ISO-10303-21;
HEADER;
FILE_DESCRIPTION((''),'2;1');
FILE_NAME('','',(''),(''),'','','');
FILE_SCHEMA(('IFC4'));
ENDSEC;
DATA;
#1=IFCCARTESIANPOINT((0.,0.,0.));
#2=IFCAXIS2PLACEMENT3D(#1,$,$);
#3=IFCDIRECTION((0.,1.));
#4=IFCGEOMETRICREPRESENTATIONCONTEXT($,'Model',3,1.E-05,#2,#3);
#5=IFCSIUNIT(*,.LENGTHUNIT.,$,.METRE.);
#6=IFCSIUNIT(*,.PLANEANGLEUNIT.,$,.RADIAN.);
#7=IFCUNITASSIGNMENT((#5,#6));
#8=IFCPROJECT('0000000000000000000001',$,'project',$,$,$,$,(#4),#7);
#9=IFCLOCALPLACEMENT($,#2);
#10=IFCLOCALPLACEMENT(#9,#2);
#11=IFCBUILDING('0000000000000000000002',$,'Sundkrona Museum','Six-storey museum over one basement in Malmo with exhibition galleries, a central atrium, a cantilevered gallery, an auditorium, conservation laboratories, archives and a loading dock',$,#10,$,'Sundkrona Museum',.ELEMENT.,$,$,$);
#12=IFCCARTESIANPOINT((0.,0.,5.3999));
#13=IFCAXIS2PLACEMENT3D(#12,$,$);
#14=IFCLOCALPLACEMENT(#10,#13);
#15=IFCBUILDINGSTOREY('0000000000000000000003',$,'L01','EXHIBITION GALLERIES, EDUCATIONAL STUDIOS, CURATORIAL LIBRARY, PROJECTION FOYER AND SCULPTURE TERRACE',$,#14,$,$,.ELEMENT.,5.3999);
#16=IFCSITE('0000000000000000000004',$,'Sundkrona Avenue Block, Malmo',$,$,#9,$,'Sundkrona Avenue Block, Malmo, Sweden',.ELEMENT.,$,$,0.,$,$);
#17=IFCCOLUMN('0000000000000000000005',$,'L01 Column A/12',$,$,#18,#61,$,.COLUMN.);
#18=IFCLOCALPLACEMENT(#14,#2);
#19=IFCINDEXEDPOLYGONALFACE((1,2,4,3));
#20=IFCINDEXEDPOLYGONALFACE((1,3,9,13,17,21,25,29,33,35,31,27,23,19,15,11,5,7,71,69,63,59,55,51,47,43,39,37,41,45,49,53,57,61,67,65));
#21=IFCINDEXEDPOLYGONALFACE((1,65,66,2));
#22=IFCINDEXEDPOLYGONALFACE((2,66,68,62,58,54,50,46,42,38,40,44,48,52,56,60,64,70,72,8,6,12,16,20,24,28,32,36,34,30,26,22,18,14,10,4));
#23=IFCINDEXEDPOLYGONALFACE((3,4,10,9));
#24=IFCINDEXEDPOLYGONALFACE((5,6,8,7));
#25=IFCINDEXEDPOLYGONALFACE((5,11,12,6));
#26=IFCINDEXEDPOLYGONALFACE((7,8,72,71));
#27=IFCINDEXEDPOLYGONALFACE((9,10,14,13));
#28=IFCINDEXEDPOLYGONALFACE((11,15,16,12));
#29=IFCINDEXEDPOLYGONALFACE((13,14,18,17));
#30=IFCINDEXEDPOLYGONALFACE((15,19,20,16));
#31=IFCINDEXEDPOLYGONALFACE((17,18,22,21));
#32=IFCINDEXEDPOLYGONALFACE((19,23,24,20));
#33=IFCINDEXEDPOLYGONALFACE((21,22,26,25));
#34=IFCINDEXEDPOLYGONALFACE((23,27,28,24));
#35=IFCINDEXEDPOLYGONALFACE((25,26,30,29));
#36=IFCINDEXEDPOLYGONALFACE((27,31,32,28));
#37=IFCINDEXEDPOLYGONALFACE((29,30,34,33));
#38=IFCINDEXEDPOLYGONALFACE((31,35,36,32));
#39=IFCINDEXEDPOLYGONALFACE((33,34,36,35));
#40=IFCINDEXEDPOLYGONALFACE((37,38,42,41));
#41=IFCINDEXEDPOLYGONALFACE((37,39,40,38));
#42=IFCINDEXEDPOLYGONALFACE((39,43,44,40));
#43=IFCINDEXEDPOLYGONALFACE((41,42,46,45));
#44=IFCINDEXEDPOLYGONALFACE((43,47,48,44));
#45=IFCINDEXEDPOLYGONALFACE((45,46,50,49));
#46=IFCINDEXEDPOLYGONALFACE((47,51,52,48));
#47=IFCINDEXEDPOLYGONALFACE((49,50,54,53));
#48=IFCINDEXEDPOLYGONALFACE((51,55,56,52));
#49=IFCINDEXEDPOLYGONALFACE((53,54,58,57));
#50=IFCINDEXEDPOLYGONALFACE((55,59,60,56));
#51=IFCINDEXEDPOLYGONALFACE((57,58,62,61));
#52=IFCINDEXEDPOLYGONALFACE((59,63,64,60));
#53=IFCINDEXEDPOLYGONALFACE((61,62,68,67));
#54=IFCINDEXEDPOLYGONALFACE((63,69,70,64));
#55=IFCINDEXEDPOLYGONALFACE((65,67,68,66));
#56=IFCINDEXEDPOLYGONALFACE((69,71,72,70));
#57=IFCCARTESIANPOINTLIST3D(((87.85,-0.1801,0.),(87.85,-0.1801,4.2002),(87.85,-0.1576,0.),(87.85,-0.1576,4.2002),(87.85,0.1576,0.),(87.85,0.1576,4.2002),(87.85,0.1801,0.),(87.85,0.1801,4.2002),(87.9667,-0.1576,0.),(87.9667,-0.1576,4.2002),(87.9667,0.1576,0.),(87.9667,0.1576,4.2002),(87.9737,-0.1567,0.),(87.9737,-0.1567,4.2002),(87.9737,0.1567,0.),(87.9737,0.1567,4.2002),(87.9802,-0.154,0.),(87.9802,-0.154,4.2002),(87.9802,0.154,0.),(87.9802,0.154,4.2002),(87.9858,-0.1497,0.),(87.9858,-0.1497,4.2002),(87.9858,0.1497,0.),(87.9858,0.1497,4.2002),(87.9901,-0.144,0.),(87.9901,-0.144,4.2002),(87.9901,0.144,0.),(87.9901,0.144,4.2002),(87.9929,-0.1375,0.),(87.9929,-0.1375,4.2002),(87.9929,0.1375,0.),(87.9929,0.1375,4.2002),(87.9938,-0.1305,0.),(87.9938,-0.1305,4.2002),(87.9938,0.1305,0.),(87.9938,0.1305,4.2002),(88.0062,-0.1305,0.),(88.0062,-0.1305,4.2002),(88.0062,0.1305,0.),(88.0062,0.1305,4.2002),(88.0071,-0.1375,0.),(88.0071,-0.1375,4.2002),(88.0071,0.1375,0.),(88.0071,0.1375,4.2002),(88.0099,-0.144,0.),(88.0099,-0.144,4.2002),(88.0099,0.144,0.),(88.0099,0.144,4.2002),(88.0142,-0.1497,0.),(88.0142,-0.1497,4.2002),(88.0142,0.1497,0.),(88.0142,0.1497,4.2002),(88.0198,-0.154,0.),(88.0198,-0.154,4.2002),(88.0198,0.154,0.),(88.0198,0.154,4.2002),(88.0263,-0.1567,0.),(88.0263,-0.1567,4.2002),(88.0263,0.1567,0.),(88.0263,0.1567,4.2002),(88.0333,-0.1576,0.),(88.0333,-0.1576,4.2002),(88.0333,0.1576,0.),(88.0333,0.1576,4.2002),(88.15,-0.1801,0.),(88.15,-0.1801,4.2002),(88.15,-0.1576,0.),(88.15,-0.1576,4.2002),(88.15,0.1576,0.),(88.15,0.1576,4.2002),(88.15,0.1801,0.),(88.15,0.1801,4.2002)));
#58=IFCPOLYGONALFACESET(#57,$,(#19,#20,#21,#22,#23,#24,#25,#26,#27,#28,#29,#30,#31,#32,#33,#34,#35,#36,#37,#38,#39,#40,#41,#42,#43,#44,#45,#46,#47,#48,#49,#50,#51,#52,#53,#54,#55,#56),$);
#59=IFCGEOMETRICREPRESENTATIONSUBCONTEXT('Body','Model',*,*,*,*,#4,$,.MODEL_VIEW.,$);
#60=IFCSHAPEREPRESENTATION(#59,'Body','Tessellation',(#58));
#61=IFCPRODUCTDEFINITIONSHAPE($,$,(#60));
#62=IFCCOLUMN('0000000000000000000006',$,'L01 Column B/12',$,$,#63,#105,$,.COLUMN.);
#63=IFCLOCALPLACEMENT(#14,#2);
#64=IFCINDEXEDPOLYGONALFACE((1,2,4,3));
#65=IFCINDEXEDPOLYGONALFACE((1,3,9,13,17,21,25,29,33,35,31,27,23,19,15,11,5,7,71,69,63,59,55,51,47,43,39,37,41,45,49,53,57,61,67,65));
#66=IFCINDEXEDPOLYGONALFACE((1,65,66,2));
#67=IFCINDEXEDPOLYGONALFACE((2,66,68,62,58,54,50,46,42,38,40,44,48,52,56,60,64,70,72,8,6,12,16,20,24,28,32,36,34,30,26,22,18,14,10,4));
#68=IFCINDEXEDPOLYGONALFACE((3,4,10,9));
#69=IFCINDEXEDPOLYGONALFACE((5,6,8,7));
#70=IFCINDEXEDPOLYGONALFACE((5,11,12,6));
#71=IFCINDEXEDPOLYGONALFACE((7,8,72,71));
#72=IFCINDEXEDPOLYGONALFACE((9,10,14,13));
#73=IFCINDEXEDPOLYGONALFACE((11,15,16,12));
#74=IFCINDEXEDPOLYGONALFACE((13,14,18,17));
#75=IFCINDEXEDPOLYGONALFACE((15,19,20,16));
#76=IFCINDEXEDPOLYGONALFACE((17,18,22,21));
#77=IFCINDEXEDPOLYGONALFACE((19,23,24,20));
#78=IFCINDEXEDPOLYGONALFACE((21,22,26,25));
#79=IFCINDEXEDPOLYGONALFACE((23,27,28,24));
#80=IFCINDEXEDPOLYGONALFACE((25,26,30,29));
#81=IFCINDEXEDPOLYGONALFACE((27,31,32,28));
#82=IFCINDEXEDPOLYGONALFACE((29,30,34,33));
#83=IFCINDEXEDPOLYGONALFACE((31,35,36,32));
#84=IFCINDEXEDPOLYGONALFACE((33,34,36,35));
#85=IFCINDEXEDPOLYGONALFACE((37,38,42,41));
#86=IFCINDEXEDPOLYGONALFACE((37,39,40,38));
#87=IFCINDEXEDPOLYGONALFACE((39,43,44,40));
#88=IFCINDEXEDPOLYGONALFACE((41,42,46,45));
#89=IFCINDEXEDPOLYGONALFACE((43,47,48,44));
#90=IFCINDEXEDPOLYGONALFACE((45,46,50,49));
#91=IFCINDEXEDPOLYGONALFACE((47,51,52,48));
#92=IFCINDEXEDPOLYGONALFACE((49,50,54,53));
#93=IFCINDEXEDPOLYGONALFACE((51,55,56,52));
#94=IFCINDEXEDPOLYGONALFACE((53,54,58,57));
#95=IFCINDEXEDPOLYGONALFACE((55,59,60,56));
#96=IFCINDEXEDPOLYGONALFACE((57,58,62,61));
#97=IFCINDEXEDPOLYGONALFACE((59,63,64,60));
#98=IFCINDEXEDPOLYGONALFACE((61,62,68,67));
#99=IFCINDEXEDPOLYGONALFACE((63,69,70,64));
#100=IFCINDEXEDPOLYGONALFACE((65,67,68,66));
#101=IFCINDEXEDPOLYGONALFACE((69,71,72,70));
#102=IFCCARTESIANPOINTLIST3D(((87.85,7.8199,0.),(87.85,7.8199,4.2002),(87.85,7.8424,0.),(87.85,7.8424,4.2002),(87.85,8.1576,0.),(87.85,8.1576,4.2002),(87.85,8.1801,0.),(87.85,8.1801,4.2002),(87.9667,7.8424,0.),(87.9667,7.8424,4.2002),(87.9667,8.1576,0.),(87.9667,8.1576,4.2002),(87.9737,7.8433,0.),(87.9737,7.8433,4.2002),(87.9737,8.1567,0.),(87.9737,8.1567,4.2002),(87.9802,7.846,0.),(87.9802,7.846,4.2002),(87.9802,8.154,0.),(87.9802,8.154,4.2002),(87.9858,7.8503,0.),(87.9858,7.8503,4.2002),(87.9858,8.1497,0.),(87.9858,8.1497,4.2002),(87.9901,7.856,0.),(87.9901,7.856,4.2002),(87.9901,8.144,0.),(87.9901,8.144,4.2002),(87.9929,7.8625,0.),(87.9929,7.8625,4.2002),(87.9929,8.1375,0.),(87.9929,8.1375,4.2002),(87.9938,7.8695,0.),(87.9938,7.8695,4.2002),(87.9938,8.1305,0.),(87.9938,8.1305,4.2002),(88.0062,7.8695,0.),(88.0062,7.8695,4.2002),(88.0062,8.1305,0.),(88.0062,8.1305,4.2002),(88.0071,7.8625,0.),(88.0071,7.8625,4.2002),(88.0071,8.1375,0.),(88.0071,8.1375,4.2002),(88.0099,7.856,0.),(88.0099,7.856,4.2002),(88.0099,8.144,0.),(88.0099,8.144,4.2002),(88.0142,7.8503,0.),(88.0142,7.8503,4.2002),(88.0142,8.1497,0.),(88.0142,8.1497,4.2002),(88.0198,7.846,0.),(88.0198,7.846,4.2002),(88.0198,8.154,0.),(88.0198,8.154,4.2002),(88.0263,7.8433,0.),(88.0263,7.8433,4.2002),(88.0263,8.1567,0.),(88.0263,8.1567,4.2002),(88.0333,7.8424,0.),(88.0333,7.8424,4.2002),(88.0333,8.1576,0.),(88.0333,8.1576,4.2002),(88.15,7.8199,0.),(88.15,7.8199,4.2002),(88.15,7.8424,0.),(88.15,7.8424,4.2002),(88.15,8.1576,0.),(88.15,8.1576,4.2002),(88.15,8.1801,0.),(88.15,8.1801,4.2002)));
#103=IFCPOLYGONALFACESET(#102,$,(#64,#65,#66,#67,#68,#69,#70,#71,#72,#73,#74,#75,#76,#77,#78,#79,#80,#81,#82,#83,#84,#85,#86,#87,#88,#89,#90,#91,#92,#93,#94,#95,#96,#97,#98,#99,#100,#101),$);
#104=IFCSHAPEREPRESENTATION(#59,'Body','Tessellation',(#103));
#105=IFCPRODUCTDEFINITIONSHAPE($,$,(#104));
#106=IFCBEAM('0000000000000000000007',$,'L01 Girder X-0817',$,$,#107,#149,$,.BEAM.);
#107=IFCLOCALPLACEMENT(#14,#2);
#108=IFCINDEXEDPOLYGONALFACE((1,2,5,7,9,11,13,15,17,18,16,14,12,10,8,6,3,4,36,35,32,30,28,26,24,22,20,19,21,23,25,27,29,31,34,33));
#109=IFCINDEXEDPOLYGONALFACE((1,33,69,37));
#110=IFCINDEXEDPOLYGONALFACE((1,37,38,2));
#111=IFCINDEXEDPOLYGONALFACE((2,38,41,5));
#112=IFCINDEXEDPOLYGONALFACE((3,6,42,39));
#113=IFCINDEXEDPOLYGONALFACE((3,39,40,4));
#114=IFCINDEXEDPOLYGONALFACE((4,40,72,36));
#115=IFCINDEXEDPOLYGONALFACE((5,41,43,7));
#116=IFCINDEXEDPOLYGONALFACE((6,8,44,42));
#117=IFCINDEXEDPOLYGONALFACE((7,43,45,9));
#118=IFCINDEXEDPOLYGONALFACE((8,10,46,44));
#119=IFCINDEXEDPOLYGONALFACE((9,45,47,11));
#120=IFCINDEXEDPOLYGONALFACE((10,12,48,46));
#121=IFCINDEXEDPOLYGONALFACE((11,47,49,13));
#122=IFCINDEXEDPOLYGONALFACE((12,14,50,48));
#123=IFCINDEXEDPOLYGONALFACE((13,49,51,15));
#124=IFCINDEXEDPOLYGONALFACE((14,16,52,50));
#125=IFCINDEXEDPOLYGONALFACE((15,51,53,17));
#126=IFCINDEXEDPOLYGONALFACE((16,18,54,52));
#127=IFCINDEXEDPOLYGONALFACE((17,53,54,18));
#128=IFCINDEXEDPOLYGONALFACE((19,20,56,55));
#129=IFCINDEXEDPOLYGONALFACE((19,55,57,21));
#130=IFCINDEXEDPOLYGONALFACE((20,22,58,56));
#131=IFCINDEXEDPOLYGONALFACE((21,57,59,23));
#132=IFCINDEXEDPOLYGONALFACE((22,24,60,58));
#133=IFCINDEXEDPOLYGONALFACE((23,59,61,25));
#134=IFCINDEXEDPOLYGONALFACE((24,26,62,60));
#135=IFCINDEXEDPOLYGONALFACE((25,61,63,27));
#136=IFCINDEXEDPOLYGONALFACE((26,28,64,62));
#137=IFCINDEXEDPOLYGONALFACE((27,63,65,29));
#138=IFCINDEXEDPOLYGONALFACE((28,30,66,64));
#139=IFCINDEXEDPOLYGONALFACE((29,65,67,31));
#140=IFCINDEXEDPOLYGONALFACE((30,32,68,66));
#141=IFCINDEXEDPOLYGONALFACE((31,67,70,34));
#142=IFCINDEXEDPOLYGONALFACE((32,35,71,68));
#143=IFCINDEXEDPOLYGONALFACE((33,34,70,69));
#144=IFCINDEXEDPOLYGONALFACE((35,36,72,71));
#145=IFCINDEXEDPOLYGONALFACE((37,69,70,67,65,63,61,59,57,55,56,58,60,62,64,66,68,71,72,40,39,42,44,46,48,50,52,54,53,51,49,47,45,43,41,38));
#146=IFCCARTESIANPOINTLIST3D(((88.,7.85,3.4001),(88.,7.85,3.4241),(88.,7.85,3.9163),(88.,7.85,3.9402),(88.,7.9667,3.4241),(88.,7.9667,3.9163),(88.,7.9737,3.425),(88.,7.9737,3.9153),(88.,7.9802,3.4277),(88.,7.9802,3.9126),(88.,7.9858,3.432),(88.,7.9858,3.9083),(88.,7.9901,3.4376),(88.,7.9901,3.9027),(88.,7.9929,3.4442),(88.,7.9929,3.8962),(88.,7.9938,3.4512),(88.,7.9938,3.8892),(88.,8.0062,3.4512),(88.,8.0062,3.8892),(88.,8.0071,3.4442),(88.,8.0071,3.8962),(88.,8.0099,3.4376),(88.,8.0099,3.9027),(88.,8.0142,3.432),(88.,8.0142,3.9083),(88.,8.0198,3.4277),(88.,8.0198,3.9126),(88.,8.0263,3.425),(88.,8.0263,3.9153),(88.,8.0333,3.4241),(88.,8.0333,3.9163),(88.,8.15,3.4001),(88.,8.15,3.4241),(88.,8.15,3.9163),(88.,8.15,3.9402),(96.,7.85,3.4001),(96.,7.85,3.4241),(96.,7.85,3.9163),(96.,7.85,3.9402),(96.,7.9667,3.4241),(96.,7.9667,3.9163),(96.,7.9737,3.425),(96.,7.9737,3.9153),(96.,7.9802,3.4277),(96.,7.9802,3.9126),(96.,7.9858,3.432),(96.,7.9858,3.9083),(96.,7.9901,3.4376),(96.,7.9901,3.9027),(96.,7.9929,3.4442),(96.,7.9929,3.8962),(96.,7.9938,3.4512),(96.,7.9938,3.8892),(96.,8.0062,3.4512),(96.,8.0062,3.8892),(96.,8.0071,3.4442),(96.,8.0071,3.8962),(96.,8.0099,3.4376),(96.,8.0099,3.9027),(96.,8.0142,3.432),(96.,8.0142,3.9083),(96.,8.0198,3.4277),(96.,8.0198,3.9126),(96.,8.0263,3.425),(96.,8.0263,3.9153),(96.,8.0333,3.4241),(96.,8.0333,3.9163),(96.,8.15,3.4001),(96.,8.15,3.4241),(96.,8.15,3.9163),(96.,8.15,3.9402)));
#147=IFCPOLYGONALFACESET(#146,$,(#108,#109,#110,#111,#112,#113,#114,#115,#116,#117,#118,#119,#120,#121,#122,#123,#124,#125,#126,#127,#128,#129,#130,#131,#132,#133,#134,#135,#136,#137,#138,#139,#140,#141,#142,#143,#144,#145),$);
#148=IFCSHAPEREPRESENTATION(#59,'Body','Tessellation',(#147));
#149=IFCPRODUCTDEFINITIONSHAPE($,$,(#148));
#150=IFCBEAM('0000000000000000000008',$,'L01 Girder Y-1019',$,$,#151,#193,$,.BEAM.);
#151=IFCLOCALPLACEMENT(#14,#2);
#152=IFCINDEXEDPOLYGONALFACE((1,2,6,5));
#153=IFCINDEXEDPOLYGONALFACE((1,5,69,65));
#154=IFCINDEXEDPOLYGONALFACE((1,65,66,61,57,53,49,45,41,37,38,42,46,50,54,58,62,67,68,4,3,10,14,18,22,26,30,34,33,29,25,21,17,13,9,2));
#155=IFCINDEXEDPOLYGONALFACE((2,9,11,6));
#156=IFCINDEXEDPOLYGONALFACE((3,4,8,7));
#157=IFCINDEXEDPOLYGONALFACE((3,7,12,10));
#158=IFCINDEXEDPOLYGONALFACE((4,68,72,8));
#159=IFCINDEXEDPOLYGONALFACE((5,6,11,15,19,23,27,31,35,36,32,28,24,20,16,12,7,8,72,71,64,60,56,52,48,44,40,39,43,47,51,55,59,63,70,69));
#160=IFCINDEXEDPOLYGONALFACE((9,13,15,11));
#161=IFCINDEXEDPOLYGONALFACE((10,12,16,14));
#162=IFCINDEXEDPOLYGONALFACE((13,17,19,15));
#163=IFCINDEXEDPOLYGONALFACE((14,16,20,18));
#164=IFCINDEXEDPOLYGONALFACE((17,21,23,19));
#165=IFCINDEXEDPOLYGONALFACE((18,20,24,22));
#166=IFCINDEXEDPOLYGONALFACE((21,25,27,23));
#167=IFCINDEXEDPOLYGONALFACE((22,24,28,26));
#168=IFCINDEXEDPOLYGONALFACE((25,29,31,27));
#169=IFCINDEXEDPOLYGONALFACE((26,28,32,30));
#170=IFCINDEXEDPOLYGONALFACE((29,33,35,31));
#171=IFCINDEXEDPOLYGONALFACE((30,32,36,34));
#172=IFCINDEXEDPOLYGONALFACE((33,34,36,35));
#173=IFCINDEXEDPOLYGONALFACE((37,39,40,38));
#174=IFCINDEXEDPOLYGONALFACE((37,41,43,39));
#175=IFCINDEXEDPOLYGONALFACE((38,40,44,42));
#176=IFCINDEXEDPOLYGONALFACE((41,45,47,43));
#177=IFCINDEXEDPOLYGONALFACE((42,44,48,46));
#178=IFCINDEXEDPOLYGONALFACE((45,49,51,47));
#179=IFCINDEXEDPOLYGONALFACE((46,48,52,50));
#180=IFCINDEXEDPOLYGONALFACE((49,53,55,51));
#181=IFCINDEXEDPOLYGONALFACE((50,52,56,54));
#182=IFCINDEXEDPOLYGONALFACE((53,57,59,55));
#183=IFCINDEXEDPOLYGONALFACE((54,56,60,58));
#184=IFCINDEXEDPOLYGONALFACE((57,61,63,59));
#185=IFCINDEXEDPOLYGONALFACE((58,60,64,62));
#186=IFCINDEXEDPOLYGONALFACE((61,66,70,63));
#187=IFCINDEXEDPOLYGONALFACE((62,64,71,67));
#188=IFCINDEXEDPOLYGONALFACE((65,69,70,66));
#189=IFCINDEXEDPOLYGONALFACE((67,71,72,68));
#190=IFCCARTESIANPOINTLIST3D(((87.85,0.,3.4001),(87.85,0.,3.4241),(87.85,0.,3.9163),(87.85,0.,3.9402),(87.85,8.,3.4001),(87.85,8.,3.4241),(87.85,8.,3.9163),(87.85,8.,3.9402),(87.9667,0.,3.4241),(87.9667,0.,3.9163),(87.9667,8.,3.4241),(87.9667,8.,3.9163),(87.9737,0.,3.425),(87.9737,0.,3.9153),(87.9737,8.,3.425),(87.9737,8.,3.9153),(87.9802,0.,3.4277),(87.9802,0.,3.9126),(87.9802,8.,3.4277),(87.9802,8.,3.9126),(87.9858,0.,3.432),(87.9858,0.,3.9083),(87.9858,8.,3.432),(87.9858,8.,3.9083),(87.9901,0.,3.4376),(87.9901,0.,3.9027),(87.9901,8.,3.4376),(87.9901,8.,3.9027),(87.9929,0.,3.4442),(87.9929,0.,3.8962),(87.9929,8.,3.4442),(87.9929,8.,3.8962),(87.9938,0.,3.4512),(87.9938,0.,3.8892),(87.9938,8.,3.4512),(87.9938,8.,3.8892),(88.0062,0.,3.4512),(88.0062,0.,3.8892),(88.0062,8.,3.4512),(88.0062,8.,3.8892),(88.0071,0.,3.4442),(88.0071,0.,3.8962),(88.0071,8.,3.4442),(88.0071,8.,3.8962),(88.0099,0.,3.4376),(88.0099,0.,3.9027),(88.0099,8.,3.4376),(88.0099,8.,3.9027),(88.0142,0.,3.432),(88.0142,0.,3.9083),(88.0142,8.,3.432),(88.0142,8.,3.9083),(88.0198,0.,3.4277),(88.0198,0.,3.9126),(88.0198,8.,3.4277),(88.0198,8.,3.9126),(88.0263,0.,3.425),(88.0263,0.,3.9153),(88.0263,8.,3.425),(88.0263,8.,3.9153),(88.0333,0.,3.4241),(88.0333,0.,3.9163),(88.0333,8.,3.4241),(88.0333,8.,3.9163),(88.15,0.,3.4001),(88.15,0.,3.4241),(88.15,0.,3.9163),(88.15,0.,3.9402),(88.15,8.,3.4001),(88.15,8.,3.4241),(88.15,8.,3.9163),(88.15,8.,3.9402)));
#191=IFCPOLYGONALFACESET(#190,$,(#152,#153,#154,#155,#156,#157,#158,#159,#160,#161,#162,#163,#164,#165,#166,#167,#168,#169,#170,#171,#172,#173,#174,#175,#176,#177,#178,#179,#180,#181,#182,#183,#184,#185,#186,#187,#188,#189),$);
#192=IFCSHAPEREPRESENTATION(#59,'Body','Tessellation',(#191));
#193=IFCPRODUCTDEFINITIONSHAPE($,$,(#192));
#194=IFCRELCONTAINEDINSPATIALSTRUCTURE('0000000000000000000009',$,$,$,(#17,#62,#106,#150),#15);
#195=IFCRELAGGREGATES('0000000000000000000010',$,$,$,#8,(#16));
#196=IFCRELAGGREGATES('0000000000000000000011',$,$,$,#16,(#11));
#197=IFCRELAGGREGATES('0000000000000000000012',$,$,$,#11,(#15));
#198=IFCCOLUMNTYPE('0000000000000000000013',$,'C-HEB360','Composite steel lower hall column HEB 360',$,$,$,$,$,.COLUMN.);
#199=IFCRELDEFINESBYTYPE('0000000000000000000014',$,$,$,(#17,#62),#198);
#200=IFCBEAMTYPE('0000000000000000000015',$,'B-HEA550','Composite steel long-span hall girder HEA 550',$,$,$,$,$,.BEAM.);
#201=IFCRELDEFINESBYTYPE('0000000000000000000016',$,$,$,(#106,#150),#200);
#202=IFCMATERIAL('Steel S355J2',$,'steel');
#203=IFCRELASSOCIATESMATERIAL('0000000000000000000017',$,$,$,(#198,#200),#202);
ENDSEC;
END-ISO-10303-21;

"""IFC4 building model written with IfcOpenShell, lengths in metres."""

from ifc_helpers import new_model, si_unit, direction, frame, origin, origin_2d, place, context, subcontext, project, spatial, i_section, extrude, material, material_profile, profile_set, type_object, element, save


model = new_model("IFC4")

# Units and contexts
model_context = context("Model", 3, precision=1e-05, world=origin(), true_north=direction((0.0, 1.0)))
body_context = subcontext(model_context, "Body", "Model", "MODEL_VIEW")
ifc_project = project(units=[si_unit("LENGTHUNIT", "METRE"), si_unit("PLANEANGLEUNIT", "RADIAN")], contexts=[model_context])

# Site, building, storey
site_placement = place(None, origin())
site = spatial("IfcSite", under=ifc_project, at=site_placement, Name="Sundkrona Avenue Block, Malmo", LongName="Sundkrona Avenue Block, Malmo, Sweden", CompositionType="ELEMENT", RefElevation=0.0)
building_placement = place(site_placement, origin())
building = spatial("IfcBuilding", under=site, at=building_placement, Name="Sundkrona Museum", Description="Six-storey museum over one basement in Malmo with exhibition galleries, a central atrium, a cantilevered gallery, an auditorium, conservation laboratories, archives and a loading dock", LongName="Sundkrona Museum", CompositionType="ELEMENT")
storey_placement = place(building_placement, frame((0.0, 0.0, 5.3999)))
storey = spatial("IfcBuildingStorey", under=building, at=storey_placement, Name="L01", Description="EXHIBITION GALLERIES, EDUCATIONAL STUDIOS, CURATORIAL LIBRARY, PROJECTION FOYER AND SCULPTURE TERRACE", CompositionType="ELEMENT", Elevation=5.3999)

# Columns
ifc_material_1 = material(Name="Steel S355J2", Category="steel")
ifc_material_profile_1 = material_profile(ifc_material_1, i_section(OverallWidth=0.3, OverallDepth=0.3601, WebThickness=0.0125, FlangeThickness=0.0225, FilletRadius=0.0271, at=origin_2d()), Name="HEB 360")
ifc_profile_set_1 = profile_set([ifc_material_profile_1], Name="Steel S355J2")
column_type = type_object("IfcColumnType", Name="C-HEB360", Description="Composite steel lower hall column HEB 360", PredefinedType="COLUMN", material=ifc_profile_set_1)
for number, where, z_axis, x_axis, name in (
    (1, (88.0, 0.0, 0.0), (0.0, 0.0, 1.0), (1.0, 0.0, 0.0), "L01 Column A/12"),
    (2, (88.0, 8.0, 0.0), (0.0, 0.0, 1.0), (1.0, 0.0, 0.0), "L01 Column B/12"),
):
    element("IfcColumn", number, at=place(storey_placement, frame(where, z_axis=z_axis, x_axis=x_axis)), inside=storey, type_object=column_type, Name=name, PredefinedType="COLUMN", context=body_context, shape_type="SweptSolid", body=[
        extrude(i_section(OverallWidth=0.3, OverallDepth=0.3601, WebThickness=0.0125, FlangeThickness=0.0225, FilletRadius=0.0271, at=origin_2d()), origin(), (0.0, 0.0, 1.0), 4.2002),
    ])

# Beams
ifc_material_profile_2 = material_profile(ifc_material_1, i_section(OverallWidth=0.3, OverallDepth=0.54, WebThickness=0.0125, FlangeThickness=0.0239, FilletRadius=0.0271, at=origin_2d()), Name="HEA 550")
ifc_profile_set_2 = profile_set([ifc_material_profile_2], Name="Steel S355J2")
beam_type_1 = type_object("IfcBeamType", Name="B-HEA550", Description="Composite steel long-span hall girder HEA 550", PredefinedType="BEAM", material=ifc_profile_set_2)
for number, where, z_axis, x_axis, name in (
    (3, (88.0, 8.0, 3.6702), (1.0, 0.0, 0.0), (0.0, 1.0, 0.0), "L01 Girder X-0817"),
    (4, (88.0, 0.0, 3.6702), (0.0, 1.0, 0.0), (-1.0, 0.0, 0.0), "L01 Girder Y-1019"),
):
    element("IfcBeam", number, at=place(storey_placement, frame(where, z_axis=z_axis, x_axis=x_axis)), inside=storey, type_object=beam_type_1, Name=name, PredefinedType="BEAM", context=body_context, shape_type="SweptSolid", body=[
        extrude(i_section(OverallWidth=0.3, OverallDepth=0.54, WebThickness=0.0125, FlangeThickness=0.0239, FilletRadius=0.0271, at=origin_2d()), origin(), (0.0, 0.0, 1.0), 8.0),
    ])

save(model, "model.ifc")
